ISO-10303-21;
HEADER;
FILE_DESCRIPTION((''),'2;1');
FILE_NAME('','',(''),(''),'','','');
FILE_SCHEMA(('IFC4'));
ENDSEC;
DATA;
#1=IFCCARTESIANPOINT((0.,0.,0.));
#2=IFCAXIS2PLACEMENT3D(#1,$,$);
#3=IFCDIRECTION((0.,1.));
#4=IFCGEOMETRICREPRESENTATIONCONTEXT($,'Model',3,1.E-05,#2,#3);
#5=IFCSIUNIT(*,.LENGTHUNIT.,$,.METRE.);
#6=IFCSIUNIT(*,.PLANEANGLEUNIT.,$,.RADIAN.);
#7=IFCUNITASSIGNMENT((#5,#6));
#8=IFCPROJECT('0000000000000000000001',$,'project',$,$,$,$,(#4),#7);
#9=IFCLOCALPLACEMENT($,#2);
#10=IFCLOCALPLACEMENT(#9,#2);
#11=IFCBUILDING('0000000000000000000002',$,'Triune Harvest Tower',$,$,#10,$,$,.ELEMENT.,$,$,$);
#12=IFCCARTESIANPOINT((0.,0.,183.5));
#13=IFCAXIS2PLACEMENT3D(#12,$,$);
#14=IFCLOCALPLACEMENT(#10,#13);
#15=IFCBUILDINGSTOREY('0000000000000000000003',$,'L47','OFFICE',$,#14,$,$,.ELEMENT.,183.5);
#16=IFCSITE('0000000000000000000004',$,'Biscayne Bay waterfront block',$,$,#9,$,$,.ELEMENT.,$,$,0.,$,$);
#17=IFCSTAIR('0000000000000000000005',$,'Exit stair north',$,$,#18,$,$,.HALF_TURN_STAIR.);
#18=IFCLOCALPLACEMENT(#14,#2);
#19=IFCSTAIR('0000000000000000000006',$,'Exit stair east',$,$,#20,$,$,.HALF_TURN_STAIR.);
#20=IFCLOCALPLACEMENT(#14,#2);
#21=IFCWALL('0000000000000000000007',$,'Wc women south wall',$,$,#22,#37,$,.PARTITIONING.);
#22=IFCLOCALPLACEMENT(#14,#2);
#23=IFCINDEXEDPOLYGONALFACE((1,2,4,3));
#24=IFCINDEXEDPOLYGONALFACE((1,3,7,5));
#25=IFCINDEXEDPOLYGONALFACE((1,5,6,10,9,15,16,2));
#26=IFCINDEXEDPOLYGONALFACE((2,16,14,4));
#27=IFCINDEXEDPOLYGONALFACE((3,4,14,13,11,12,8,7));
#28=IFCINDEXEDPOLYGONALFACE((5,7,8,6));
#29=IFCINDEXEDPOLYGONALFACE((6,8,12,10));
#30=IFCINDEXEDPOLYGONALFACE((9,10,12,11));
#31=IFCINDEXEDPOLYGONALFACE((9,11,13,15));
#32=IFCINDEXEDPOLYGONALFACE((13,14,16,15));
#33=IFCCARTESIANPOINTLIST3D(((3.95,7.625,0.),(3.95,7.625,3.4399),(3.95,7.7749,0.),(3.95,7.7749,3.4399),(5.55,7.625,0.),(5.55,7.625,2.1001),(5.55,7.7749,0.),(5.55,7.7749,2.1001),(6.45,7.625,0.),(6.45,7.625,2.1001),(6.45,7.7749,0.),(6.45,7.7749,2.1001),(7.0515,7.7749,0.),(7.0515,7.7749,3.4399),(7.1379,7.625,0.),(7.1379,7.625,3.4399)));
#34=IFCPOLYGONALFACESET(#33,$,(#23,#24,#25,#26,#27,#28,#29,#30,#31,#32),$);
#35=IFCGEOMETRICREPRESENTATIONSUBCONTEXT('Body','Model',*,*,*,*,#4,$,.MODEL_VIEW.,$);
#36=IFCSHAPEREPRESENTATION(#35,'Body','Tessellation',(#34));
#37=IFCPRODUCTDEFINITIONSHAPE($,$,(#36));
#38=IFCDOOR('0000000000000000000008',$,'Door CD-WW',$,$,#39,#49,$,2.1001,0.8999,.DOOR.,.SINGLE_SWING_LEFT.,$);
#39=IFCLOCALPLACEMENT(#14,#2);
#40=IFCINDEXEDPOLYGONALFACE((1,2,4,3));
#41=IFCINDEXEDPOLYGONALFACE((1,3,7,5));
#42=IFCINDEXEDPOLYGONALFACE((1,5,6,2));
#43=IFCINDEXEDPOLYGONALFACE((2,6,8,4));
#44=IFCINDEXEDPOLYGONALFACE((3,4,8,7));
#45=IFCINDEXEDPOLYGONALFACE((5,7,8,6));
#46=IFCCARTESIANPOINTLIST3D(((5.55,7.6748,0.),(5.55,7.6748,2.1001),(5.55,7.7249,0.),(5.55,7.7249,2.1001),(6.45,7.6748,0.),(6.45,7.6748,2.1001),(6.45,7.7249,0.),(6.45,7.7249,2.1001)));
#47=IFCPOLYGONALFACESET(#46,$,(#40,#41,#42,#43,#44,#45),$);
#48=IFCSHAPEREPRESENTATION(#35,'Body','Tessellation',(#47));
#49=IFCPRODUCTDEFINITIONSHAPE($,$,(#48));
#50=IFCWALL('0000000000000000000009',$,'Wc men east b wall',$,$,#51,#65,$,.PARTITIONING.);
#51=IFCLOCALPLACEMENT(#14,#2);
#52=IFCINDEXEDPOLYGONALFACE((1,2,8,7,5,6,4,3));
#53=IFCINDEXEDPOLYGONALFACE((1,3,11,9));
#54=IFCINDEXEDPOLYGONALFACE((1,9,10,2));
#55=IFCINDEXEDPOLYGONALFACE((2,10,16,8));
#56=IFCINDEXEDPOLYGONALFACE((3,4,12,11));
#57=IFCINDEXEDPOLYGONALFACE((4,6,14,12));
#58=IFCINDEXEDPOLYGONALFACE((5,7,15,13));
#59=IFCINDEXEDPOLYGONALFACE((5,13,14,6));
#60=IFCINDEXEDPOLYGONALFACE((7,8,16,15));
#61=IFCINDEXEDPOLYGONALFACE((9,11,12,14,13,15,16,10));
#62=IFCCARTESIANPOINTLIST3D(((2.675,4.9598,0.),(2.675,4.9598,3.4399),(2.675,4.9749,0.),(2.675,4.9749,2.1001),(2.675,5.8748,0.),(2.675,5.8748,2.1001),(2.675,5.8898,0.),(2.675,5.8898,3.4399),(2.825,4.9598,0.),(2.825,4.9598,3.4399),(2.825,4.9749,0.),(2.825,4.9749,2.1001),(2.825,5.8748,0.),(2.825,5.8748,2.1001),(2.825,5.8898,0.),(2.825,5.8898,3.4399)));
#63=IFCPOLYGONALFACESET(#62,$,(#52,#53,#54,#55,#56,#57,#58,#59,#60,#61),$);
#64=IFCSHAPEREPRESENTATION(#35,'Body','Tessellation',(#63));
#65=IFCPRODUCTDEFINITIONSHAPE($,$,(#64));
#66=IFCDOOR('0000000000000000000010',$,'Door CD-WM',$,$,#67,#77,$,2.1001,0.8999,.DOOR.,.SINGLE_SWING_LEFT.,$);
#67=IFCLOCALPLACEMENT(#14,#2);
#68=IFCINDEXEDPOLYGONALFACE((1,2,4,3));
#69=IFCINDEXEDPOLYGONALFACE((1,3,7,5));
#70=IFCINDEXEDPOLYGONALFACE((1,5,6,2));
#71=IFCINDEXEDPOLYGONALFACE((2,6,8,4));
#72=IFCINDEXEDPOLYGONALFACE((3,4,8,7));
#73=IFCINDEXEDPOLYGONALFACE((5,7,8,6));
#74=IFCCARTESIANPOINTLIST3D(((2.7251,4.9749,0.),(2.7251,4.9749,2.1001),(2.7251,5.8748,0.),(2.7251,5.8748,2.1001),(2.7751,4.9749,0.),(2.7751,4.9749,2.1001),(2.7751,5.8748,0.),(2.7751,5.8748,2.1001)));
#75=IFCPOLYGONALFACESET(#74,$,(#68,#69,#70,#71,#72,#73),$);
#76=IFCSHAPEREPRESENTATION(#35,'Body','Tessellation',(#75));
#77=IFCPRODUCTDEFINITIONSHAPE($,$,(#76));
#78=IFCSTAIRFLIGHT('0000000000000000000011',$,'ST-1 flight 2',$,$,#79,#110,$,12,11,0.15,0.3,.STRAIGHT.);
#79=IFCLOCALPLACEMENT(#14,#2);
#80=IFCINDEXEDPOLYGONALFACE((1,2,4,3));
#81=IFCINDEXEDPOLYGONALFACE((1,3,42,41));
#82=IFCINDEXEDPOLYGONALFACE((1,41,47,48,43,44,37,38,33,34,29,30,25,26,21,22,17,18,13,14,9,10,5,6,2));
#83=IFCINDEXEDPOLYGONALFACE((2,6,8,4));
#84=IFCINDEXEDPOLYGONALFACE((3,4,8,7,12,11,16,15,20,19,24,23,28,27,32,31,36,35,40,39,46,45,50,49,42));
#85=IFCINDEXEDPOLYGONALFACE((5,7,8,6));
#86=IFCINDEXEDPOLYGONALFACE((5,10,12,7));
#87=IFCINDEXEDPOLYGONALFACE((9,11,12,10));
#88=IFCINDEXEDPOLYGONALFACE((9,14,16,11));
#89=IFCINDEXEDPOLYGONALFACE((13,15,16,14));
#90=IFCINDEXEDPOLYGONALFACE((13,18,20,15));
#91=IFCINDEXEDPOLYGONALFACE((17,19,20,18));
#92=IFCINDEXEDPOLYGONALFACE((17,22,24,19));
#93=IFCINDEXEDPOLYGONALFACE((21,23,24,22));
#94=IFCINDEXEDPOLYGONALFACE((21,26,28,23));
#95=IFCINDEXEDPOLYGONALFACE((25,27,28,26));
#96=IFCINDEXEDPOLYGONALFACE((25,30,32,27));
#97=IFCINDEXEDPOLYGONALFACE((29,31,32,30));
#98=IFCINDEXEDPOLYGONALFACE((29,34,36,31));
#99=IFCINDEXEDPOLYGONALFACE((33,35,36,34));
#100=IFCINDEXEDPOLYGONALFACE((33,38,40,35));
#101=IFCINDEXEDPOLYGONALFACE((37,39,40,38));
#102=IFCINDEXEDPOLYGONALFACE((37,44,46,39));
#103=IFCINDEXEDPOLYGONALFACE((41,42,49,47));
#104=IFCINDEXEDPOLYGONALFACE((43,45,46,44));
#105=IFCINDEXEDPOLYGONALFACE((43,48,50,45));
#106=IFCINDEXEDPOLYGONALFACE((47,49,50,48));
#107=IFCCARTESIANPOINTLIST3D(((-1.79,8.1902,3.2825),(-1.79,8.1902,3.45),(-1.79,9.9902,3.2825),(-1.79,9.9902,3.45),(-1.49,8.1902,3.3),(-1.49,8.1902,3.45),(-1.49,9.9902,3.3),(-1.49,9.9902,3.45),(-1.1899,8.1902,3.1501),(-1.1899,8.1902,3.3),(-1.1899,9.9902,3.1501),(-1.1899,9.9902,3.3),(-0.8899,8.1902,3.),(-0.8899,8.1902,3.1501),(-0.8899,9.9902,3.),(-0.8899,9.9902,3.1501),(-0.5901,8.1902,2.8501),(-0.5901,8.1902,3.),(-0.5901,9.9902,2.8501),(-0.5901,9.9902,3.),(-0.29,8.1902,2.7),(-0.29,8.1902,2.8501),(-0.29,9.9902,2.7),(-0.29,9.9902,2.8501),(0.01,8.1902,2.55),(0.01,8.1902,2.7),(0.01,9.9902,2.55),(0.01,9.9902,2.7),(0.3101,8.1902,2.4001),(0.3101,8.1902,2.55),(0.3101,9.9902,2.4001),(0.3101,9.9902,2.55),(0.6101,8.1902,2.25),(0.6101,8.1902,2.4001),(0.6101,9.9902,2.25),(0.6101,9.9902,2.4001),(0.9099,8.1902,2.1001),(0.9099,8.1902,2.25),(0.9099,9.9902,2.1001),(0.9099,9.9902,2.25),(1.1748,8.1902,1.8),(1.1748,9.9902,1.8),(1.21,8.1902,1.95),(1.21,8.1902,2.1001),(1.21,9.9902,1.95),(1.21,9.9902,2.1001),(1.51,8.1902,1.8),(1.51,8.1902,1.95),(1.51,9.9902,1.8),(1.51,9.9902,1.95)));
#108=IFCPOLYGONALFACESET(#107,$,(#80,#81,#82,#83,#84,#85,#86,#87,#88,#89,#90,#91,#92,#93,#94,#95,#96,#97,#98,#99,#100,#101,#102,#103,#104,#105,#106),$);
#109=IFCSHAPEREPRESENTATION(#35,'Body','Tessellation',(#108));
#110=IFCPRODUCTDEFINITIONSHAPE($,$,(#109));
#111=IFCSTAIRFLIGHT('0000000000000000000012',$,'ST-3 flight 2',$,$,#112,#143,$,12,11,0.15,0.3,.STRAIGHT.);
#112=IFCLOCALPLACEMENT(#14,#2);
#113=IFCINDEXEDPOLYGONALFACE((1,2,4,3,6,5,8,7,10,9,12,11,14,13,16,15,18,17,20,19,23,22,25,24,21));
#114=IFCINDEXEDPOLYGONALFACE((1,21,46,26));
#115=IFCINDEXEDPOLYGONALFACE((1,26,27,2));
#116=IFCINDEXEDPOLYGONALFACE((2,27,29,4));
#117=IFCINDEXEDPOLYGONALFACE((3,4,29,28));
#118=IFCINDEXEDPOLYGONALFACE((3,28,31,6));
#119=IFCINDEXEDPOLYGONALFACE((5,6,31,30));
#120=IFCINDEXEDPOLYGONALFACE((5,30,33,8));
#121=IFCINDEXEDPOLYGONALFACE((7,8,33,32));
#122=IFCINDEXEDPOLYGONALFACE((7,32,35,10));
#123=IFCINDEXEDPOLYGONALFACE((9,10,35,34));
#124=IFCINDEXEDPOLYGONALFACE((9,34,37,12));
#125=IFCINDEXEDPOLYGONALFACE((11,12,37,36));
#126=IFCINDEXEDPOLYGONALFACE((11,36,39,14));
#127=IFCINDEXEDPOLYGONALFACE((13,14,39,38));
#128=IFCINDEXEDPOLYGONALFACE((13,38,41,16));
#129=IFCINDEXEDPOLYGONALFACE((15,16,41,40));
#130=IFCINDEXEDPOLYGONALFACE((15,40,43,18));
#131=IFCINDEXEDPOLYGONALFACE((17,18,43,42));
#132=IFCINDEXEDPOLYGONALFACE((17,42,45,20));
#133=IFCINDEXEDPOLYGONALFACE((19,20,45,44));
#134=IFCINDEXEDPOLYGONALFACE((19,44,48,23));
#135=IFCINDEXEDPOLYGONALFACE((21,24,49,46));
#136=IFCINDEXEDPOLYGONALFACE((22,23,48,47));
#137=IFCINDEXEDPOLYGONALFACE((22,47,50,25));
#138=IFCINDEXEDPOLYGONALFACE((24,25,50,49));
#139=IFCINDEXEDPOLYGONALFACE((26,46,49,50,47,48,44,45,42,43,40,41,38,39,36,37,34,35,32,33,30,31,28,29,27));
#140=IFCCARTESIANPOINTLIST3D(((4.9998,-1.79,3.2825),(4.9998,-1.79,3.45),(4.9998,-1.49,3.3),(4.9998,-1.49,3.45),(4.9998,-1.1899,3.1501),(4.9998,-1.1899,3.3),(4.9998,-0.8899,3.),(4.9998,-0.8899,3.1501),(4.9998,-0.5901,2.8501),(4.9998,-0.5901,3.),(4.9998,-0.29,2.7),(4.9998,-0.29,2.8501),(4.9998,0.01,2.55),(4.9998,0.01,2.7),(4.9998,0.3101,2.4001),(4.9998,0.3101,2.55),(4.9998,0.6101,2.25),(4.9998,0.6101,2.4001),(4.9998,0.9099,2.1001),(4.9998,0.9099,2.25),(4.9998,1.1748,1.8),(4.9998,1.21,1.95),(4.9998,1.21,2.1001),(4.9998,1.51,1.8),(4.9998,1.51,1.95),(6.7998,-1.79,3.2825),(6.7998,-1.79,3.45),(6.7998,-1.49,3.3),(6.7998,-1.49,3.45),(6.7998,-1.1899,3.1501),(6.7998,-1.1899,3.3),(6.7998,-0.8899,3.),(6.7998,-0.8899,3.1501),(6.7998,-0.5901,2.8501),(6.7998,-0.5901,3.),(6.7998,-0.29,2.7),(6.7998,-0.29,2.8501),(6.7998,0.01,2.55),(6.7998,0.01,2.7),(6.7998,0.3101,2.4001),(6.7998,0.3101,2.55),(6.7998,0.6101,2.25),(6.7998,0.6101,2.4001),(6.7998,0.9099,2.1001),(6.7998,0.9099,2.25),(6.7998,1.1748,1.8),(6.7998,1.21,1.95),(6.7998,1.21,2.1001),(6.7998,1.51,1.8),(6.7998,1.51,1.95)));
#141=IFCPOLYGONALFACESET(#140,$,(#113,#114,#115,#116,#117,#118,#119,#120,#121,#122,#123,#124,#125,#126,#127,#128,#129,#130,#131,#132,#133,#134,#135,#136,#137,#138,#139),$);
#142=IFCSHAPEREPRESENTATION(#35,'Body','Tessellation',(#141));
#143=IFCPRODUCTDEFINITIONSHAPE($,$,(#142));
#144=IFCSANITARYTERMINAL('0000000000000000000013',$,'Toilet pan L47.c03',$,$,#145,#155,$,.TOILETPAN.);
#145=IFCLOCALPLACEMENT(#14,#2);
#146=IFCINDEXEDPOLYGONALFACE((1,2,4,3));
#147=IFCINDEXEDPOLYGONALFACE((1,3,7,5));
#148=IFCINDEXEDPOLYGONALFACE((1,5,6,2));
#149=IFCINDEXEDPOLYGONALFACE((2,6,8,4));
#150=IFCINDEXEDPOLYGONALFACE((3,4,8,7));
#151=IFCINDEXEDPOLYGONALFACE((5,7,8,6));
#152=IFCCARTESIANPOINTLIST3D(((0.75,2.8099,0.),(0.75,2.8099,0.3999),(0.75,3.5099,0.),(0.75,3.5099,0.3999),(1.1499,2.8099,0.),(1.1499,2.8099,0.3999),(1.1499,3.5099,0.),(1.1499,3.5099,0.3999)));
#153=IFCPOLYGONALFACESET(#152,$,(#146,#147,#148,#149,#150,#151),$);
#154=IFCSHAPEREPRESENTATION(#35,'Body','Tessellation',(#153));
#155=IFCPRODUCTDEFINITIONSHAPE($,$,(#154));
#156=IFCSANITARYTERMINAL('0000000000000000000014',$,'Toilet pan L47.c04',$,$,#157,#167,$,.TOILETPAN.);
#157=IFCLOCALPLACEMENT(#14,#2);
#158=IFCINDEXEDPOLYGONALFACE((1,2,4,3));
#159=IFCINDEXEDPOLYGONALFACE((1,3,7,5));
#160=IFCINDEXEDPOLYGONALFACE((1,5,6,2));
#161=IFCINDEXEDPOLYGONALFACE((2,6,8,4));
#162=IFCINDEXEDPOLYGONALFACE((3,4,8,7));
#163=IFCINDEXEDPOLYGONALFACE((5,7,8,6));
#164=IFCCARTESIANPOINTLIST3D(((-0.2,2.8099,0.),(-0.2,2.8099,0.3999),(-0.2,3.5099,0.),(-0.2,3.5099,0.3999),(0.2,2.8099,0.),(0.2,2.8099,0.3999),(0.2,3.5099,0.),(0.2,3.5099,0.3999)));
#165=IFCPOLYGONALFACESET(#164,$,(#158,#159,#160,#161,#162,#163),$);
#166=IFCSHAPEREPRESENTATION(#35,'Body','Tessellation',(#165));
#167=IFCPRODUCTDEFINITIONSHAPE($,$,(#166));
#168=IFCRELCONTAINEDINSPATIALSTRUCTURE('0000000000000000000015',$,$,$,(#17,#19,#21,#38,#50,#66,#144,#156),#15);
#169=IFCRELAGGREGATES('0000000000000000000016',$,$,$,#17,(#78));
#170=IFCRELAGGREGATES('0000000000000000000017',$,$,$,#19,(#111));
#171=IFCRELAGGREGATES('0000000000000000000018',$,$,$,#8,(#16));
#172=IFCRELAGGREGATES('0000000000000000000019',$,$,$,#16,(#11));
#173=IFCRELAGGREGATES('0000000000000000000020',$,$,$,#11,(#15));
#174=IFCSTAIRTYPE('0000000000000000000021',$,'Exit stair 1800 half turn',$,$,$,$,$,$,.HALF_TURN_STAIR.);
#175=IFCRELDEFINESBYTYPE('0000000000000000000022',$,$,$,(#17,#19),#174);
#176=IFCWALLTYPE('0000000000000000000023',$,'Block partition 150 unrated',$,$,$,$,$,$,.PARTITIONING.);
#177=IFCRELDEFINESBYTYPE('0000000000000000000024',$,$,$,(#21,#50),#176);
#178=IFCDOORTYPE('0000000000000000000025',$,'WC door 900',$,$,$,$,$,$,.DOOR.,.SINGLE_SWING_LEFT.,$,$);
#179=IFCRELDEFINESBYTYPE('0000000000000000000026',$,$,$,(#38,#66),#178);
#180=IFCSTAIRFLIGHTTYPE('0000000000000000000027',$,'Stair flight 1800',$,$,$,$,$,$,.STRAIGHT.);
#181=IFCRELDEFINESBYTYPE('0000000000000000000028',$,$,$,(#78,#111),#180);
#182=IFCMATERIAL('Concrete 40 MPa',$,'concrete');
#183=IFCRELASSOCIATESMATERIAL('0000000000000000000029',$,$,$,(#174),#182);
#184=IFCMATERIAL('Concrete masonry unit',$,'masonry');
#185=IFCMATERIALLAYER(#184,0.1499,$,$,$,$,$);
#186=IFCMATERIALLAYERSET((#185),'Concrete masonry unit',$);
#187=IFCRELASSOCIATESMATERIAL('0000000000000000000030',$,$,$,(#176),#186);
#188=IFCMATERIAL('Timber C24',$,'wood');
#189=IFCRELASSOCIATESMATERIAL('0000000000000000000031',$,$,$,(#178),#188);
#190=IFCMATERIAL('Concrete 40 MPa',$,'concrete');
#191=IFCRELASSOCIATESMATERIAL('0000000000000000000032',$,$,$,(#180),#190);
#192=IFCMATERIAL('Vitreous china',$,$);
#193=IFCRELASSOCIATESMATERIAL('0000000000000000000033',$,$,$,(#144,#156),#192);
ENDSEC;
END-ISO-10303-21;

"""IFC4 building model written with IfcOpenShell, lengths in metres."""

from ifc_helpers import new_model, si_unit, direction, frame, frame_2d, origin, origin_2d, place, context, subcontext, project, spatial, polyline, rectangle, outline, extrude, source, transform, mapped, material, layer, layer_set, type_object, element, fill, aggregate, save


model = new_model("IFC4")

# Units and contexts
model_context = context("Model", 3, precision=1e-05, world=origin(), true_north=direction((0.0, 1.0)))
body_context = subcontext(model_context, "Body", "Model", "MODEL_VIEW")
ifc_project = project(units=[si_unit("LENGTHUNIT", "METRE"), si_unit("PLANEANGLEUNIT", "RADIAN")], contexts=[model_context])

# Site, building, storey
site_placement = place(None, origin())
site = spatial("IfcSite", under=ifc_project, at=site_placement, Name="Biscayne Bay waterfront block", CompositionType="ELEMENT", RefElevation=0.0)
building_placement = place(site_placement, origin())
building = spatial("IfcBuilding", under=site, at=building_placement, Name="Triune Harvest Tower", CompositionType="ELEMENT")
storey_placement = place(building_placement, frame((0.0, 0.0, 183.5)))
storey = spatial("IfcBuildingStorey", under=building, at=storey_placement, Name="L47", Description="OFFICE", CompositionType="ELEMENT", Elevation=183.5)

# Stairs
ifc_material_1 = material(Name="Concrete 40 MPa", Category="concrete")
stair_type = type_object("IfcStairType", Name="Exit stair 1800 half turn", PredefinedType="HALF_TURN_STAIR", material=ifc_material_1)
stair_1_placement = place(storey_placement, origin())
stair_1 = element("IfcStair", 1, at=stair_1_placement, inside=storey, type_object=stair_type, Name="Exit stair north", PredefinedType="HALF_TURN_STAIR")
stair_2_placement = place(storey_placement, origin())
stair_2 = element("IfcStair", 2, at=stair_2_placement, inside=storey, type_object=stair_type, Name="Exit stair east", PredefinedType="HALF_TURN_STAIR")

# Walls, openings, doors
ifc_material_2 = material(Name="Concrete masonry unit", Category="masonry")
ifc_layer_1 = layer(ifc_material_2, 0.1499)
ifc_layer_set_1 = layer_set([ifc_layer_1], Name="Concrete masonry unit")
wall_type_1 = type_object("IfcWallType", Name="Block partition 150 unrated", PredefinedType="PARTITIONING", material=ifc_layer_set_1)
shared_shape_1 = source(origin(), body_context, "Body", "SweptSolid", [
    extrude(outline(polyline([(0.0, -0.075), (0.0, 0.075), (3.1016, 0.075), (3.188, -0.075), (0.0, -0.075)])), origin(), (0.0, 0.0, 1.0), 3.4399),
])
wall_1_placement = place(storey_placement, frame((3.95, 7.7, 0.0), z_axis=(0.0, 0.0, 1.0), x_axis=(1.0, 0.0, 0.0)))
wall_1 = element("IfcWall", 3, at=wall_1_placement, inside=storey, type_object=wall_type_1, Name="Wc women south wall", PredefinedType="PARTITIONING", context=body_context, shape_type="MappedRepresentation", body=[
    mapped(shared_shape_1, transform((0.0, 0.0, 0.0), scale=1.0)),
])
opening_1_placement = place(wall_1_placement, frame((1.6001, 0.0, 0.0)))
opening_1 = element("IfcOpeningElement", 4, at=opening_1_placement, cuts=wall_1, PredefinedType="OPENING", context=body_context, shape_type="SweptSolid", body=[
    extrude(rectangle(XDim=0.8999, YDim=2.1001, at=frame_2d((0.45, 1.05))), frame((0.0, 0.085, 0.0), z_axis=(0.0, -1.0, 0.0), x_axis=(1.0, 0.0, 0.0)), (0.0, 0.0, 1.0), 0.1699),
])
ifc_material_3 = material(Name="Timber C24", Category="wood")
door_type_1 = type_object("IfcDoorType", Name="WC door 900", OperationType="SINGLE_SWING_LEFT", PredefinedType="DOOR", material=ifc_material_3)
door_1_placement = place(opening_1_placement, origin())
door_1 = element("IfcDoor", 5, at=door_1_placement, inside=storey, type_object=door_type_1, Name="Door CD-WW", OperationType="SINGLE_SWING_LEFT", OverallHeight=2.1001, OverallWidth=0.8999, PredefinedType="DOOR", context=body_context, shape_type="SweptSolid", body=[
    extrude(rectangle(XDim=0.8999, YDim=2.1001, at=frame_2d((0.45, 1.05))), frame((0.0, 0.0249, 0.0), z_axis=(0.0, -1.0, 0.0), x_axis=(1.0, 0.0, 0.0)), (0.0, 0.0, 1.0), 0.05),
])
fill(opening_1, door_1)
shared_shape_2 = source(origin(), body_context, "Body", "SweptSolid", [
    extrude(rectangle(XDim=0.9299, YDim=0.1499, at=frame_2d((0.4648, 0.0))), origin(), (0.0, 0.0, 1.0), 3.4399),
])
wall_2_placement = place(storey_placement, frame((2.75, 4.96, 0.0), z_axis=(0.0, 0.0, 1.0), x_axis=(0.0, 1.0, 0.0)))
wall_2 = element("IfcWall", 6, at=wall_2_placement, inside=storey, type_object=wall_type_1, Name="Wc men east b wall", PredefinedType="PARTITIONING", context=body_context, shape_type="MappedRepresentation", body=[
    mapped(shared_shape_2, transform((0.0, 0.0, 0.0), scale=1.0)),
])
opening_2_placement = place(wall_2_placement, frame((0.0149, 0.0, 0.0)))
opening_2 = element("IfcOpeningElement", 7, at=opening_2_placement, cuts=wall_2, PredefinedType="OPENING", context=body_context, shape_type="SweptSolid", body=[
    extrude(rectangle(XDim=0.8999, YDim=2.1001, at=frame_2d((0.45, 1.05))), frame((0.0, 0.085, 0.0), z_axis=(0.0, -1.0, 0.0), x_axis=(1.0, 0.0, 0.0)), (0.0, 0.0, 1.0), 0.1699),
])
door_2_placement = place(opening_2_placement, origin())
door_2 = element("IfcDoor", 8, at=door_2_placement, inside=storey, type_object=door_type_1, Name="Door CD-WM", OperationType="SINGLE_SWING_LEFT", OverallHeight=2.1001, OverallWidth=0.8999, PredefinedType="DOOR", context=body_context, shape_type="SweptSolid", body=[
    extrude(rectangle(XDim=0.8999, YDim=2.1001, at=frame_2d((0.45, 1.05))), frame((0.0, 0.0249, 0.0), z_axis=(0.0, -1.0, 0.0), x_axis=(1.0, 0.0, 0.0)), (0.0, 0.0, 1.0), 0.05),
])
fill(opening_2, door_2)

# Stair flights
ifc_material_4 = material(Name="Concrete 40 MPa", Category="concrete")
stair_flight_type = type_object("IfcStairFlightType", Name="Stair flight 1800", PredefinedType="STRAIGHT", material=ifc_material_4)
shared_shape_3 = source(origin(), body_context, "Body", "SweptSolid", [
    extrude(outline(polyline([(0.0, 0.0), (0.0, 0.1499), (0.3, 0.1499), (0.3, 0.3), (0.6001, 0.3), (0.6001, 0.45), (0.8999, 0.45), (0.8999, 0.6001), (1.2, 0.6001), (1.2, 0.75), (1.5, 0.75), (1.5, 0.8999), (1.8, 0.8999), (1.8, 1.05), (2.1001, 1.05), (2.1001, 1.2), (2.3999, 1.2), (2.3999, 1.3501), (2.7, 1.3501), (2.7, 1.5), (3.0, 1.5), (3.0, 1.6499), (3.3, 1.6499), (3.3, 1.8), (3.3, 1.4824), (0.3352, 0.0), (0.0, 0.0)])), frame((0.0, 0.8999, 0.0), z_axis=(0.0, -1.0, 0.0), x_axis=(1.0, 0.0, 0.0)), (0.0, 0.0, 1.0), 1.8),
])
stair_flight_1_placement = place(storey_placement, frame((1.51, 9.0901, 1.8), z_axis=(0.0, 0.0, 1.0), x_axis=(-1.0, 0.0, 0.0)))
stair_flight_1 = element("IfcStairFlight", 9, at=stair_flight_1_placement, type_object=stair_flight_type, Name="ST-1 flight 2", NumberOfRisers=12, NumberOfTreads=11, PredefinedType="STRAIGHT", RiserHeight=0.15, TreadLength=0.3, context=body_context, shape_type="MappedRepresentation", body=[
    mapped(shared_shape_3, transform((0.0, 0.0, 0.0), scale=1.0)),
])
aggregate(stair_1, [stair_flight_1])
stair_flight_2_placement = place(storey_placement, frame((5.8999, 1.51, 1.8), z_axis=(0.0, 0.0, 1.0), x_axis=(0.0, -1.0, 0.0)))
stair_flight_2 = element("IfcStairFlight", 10, at=stair_flight_2_placement, type_object=stair_flight_type, Name="ST-3 flight 2", NumberOfRisers=12, NumberOfTreads=11, PredefinedType="STRAIGHT", RiserHeight=0.15, TreadLength=0.3, context=body_context, shape_type="MappedRepresentation", body=[
    mapped(shared_shape_3, transform((0.0, 0.0, 0.0), scale=1.0)),
])
aggregate(stair_2, [stair_flight_2])

# Sanitary terminals
ifc_material_5 = material(Name="Vitreous china")
shared_shape_4 = source(origin(), body_context, "Body", "SweptSolid", [
    extrude(rectangle(XDim=0.3999, YDim=0.7, at=origin_2d()), origin(), (0.0, 0.0, 1.0), 0.3999),
])
for number, where, z_axis, x_axis, name in (
    (11, (0.95, 3.1599, 0.0), (0.0, 0.0, 1.0), (-1.0, 0.0, 0.0), "Toilet pan L47.c03"),
    (12, (0.0, 3.1599, 0.0), (0.0, 0.0, 1.0), (-1.0, 0.0, 0.0), "Toilet pan L47.c04"),
):
    element("IfcSanitaryTerminal", number, at=place(storey_placement, frame(where, z_axis=z_axis, x_axis=x_axis)), inside=storey, material=ifc_material_5, Name=name, PredefinedType="TOILETPAN", context=body_context, shape_type="MappedRepresentation", body=[
        mapped(shared_shape_4, transform((0.0, 0.0, 0.0), scale=1.0)),
    ])

save(model, "model.ifc")
